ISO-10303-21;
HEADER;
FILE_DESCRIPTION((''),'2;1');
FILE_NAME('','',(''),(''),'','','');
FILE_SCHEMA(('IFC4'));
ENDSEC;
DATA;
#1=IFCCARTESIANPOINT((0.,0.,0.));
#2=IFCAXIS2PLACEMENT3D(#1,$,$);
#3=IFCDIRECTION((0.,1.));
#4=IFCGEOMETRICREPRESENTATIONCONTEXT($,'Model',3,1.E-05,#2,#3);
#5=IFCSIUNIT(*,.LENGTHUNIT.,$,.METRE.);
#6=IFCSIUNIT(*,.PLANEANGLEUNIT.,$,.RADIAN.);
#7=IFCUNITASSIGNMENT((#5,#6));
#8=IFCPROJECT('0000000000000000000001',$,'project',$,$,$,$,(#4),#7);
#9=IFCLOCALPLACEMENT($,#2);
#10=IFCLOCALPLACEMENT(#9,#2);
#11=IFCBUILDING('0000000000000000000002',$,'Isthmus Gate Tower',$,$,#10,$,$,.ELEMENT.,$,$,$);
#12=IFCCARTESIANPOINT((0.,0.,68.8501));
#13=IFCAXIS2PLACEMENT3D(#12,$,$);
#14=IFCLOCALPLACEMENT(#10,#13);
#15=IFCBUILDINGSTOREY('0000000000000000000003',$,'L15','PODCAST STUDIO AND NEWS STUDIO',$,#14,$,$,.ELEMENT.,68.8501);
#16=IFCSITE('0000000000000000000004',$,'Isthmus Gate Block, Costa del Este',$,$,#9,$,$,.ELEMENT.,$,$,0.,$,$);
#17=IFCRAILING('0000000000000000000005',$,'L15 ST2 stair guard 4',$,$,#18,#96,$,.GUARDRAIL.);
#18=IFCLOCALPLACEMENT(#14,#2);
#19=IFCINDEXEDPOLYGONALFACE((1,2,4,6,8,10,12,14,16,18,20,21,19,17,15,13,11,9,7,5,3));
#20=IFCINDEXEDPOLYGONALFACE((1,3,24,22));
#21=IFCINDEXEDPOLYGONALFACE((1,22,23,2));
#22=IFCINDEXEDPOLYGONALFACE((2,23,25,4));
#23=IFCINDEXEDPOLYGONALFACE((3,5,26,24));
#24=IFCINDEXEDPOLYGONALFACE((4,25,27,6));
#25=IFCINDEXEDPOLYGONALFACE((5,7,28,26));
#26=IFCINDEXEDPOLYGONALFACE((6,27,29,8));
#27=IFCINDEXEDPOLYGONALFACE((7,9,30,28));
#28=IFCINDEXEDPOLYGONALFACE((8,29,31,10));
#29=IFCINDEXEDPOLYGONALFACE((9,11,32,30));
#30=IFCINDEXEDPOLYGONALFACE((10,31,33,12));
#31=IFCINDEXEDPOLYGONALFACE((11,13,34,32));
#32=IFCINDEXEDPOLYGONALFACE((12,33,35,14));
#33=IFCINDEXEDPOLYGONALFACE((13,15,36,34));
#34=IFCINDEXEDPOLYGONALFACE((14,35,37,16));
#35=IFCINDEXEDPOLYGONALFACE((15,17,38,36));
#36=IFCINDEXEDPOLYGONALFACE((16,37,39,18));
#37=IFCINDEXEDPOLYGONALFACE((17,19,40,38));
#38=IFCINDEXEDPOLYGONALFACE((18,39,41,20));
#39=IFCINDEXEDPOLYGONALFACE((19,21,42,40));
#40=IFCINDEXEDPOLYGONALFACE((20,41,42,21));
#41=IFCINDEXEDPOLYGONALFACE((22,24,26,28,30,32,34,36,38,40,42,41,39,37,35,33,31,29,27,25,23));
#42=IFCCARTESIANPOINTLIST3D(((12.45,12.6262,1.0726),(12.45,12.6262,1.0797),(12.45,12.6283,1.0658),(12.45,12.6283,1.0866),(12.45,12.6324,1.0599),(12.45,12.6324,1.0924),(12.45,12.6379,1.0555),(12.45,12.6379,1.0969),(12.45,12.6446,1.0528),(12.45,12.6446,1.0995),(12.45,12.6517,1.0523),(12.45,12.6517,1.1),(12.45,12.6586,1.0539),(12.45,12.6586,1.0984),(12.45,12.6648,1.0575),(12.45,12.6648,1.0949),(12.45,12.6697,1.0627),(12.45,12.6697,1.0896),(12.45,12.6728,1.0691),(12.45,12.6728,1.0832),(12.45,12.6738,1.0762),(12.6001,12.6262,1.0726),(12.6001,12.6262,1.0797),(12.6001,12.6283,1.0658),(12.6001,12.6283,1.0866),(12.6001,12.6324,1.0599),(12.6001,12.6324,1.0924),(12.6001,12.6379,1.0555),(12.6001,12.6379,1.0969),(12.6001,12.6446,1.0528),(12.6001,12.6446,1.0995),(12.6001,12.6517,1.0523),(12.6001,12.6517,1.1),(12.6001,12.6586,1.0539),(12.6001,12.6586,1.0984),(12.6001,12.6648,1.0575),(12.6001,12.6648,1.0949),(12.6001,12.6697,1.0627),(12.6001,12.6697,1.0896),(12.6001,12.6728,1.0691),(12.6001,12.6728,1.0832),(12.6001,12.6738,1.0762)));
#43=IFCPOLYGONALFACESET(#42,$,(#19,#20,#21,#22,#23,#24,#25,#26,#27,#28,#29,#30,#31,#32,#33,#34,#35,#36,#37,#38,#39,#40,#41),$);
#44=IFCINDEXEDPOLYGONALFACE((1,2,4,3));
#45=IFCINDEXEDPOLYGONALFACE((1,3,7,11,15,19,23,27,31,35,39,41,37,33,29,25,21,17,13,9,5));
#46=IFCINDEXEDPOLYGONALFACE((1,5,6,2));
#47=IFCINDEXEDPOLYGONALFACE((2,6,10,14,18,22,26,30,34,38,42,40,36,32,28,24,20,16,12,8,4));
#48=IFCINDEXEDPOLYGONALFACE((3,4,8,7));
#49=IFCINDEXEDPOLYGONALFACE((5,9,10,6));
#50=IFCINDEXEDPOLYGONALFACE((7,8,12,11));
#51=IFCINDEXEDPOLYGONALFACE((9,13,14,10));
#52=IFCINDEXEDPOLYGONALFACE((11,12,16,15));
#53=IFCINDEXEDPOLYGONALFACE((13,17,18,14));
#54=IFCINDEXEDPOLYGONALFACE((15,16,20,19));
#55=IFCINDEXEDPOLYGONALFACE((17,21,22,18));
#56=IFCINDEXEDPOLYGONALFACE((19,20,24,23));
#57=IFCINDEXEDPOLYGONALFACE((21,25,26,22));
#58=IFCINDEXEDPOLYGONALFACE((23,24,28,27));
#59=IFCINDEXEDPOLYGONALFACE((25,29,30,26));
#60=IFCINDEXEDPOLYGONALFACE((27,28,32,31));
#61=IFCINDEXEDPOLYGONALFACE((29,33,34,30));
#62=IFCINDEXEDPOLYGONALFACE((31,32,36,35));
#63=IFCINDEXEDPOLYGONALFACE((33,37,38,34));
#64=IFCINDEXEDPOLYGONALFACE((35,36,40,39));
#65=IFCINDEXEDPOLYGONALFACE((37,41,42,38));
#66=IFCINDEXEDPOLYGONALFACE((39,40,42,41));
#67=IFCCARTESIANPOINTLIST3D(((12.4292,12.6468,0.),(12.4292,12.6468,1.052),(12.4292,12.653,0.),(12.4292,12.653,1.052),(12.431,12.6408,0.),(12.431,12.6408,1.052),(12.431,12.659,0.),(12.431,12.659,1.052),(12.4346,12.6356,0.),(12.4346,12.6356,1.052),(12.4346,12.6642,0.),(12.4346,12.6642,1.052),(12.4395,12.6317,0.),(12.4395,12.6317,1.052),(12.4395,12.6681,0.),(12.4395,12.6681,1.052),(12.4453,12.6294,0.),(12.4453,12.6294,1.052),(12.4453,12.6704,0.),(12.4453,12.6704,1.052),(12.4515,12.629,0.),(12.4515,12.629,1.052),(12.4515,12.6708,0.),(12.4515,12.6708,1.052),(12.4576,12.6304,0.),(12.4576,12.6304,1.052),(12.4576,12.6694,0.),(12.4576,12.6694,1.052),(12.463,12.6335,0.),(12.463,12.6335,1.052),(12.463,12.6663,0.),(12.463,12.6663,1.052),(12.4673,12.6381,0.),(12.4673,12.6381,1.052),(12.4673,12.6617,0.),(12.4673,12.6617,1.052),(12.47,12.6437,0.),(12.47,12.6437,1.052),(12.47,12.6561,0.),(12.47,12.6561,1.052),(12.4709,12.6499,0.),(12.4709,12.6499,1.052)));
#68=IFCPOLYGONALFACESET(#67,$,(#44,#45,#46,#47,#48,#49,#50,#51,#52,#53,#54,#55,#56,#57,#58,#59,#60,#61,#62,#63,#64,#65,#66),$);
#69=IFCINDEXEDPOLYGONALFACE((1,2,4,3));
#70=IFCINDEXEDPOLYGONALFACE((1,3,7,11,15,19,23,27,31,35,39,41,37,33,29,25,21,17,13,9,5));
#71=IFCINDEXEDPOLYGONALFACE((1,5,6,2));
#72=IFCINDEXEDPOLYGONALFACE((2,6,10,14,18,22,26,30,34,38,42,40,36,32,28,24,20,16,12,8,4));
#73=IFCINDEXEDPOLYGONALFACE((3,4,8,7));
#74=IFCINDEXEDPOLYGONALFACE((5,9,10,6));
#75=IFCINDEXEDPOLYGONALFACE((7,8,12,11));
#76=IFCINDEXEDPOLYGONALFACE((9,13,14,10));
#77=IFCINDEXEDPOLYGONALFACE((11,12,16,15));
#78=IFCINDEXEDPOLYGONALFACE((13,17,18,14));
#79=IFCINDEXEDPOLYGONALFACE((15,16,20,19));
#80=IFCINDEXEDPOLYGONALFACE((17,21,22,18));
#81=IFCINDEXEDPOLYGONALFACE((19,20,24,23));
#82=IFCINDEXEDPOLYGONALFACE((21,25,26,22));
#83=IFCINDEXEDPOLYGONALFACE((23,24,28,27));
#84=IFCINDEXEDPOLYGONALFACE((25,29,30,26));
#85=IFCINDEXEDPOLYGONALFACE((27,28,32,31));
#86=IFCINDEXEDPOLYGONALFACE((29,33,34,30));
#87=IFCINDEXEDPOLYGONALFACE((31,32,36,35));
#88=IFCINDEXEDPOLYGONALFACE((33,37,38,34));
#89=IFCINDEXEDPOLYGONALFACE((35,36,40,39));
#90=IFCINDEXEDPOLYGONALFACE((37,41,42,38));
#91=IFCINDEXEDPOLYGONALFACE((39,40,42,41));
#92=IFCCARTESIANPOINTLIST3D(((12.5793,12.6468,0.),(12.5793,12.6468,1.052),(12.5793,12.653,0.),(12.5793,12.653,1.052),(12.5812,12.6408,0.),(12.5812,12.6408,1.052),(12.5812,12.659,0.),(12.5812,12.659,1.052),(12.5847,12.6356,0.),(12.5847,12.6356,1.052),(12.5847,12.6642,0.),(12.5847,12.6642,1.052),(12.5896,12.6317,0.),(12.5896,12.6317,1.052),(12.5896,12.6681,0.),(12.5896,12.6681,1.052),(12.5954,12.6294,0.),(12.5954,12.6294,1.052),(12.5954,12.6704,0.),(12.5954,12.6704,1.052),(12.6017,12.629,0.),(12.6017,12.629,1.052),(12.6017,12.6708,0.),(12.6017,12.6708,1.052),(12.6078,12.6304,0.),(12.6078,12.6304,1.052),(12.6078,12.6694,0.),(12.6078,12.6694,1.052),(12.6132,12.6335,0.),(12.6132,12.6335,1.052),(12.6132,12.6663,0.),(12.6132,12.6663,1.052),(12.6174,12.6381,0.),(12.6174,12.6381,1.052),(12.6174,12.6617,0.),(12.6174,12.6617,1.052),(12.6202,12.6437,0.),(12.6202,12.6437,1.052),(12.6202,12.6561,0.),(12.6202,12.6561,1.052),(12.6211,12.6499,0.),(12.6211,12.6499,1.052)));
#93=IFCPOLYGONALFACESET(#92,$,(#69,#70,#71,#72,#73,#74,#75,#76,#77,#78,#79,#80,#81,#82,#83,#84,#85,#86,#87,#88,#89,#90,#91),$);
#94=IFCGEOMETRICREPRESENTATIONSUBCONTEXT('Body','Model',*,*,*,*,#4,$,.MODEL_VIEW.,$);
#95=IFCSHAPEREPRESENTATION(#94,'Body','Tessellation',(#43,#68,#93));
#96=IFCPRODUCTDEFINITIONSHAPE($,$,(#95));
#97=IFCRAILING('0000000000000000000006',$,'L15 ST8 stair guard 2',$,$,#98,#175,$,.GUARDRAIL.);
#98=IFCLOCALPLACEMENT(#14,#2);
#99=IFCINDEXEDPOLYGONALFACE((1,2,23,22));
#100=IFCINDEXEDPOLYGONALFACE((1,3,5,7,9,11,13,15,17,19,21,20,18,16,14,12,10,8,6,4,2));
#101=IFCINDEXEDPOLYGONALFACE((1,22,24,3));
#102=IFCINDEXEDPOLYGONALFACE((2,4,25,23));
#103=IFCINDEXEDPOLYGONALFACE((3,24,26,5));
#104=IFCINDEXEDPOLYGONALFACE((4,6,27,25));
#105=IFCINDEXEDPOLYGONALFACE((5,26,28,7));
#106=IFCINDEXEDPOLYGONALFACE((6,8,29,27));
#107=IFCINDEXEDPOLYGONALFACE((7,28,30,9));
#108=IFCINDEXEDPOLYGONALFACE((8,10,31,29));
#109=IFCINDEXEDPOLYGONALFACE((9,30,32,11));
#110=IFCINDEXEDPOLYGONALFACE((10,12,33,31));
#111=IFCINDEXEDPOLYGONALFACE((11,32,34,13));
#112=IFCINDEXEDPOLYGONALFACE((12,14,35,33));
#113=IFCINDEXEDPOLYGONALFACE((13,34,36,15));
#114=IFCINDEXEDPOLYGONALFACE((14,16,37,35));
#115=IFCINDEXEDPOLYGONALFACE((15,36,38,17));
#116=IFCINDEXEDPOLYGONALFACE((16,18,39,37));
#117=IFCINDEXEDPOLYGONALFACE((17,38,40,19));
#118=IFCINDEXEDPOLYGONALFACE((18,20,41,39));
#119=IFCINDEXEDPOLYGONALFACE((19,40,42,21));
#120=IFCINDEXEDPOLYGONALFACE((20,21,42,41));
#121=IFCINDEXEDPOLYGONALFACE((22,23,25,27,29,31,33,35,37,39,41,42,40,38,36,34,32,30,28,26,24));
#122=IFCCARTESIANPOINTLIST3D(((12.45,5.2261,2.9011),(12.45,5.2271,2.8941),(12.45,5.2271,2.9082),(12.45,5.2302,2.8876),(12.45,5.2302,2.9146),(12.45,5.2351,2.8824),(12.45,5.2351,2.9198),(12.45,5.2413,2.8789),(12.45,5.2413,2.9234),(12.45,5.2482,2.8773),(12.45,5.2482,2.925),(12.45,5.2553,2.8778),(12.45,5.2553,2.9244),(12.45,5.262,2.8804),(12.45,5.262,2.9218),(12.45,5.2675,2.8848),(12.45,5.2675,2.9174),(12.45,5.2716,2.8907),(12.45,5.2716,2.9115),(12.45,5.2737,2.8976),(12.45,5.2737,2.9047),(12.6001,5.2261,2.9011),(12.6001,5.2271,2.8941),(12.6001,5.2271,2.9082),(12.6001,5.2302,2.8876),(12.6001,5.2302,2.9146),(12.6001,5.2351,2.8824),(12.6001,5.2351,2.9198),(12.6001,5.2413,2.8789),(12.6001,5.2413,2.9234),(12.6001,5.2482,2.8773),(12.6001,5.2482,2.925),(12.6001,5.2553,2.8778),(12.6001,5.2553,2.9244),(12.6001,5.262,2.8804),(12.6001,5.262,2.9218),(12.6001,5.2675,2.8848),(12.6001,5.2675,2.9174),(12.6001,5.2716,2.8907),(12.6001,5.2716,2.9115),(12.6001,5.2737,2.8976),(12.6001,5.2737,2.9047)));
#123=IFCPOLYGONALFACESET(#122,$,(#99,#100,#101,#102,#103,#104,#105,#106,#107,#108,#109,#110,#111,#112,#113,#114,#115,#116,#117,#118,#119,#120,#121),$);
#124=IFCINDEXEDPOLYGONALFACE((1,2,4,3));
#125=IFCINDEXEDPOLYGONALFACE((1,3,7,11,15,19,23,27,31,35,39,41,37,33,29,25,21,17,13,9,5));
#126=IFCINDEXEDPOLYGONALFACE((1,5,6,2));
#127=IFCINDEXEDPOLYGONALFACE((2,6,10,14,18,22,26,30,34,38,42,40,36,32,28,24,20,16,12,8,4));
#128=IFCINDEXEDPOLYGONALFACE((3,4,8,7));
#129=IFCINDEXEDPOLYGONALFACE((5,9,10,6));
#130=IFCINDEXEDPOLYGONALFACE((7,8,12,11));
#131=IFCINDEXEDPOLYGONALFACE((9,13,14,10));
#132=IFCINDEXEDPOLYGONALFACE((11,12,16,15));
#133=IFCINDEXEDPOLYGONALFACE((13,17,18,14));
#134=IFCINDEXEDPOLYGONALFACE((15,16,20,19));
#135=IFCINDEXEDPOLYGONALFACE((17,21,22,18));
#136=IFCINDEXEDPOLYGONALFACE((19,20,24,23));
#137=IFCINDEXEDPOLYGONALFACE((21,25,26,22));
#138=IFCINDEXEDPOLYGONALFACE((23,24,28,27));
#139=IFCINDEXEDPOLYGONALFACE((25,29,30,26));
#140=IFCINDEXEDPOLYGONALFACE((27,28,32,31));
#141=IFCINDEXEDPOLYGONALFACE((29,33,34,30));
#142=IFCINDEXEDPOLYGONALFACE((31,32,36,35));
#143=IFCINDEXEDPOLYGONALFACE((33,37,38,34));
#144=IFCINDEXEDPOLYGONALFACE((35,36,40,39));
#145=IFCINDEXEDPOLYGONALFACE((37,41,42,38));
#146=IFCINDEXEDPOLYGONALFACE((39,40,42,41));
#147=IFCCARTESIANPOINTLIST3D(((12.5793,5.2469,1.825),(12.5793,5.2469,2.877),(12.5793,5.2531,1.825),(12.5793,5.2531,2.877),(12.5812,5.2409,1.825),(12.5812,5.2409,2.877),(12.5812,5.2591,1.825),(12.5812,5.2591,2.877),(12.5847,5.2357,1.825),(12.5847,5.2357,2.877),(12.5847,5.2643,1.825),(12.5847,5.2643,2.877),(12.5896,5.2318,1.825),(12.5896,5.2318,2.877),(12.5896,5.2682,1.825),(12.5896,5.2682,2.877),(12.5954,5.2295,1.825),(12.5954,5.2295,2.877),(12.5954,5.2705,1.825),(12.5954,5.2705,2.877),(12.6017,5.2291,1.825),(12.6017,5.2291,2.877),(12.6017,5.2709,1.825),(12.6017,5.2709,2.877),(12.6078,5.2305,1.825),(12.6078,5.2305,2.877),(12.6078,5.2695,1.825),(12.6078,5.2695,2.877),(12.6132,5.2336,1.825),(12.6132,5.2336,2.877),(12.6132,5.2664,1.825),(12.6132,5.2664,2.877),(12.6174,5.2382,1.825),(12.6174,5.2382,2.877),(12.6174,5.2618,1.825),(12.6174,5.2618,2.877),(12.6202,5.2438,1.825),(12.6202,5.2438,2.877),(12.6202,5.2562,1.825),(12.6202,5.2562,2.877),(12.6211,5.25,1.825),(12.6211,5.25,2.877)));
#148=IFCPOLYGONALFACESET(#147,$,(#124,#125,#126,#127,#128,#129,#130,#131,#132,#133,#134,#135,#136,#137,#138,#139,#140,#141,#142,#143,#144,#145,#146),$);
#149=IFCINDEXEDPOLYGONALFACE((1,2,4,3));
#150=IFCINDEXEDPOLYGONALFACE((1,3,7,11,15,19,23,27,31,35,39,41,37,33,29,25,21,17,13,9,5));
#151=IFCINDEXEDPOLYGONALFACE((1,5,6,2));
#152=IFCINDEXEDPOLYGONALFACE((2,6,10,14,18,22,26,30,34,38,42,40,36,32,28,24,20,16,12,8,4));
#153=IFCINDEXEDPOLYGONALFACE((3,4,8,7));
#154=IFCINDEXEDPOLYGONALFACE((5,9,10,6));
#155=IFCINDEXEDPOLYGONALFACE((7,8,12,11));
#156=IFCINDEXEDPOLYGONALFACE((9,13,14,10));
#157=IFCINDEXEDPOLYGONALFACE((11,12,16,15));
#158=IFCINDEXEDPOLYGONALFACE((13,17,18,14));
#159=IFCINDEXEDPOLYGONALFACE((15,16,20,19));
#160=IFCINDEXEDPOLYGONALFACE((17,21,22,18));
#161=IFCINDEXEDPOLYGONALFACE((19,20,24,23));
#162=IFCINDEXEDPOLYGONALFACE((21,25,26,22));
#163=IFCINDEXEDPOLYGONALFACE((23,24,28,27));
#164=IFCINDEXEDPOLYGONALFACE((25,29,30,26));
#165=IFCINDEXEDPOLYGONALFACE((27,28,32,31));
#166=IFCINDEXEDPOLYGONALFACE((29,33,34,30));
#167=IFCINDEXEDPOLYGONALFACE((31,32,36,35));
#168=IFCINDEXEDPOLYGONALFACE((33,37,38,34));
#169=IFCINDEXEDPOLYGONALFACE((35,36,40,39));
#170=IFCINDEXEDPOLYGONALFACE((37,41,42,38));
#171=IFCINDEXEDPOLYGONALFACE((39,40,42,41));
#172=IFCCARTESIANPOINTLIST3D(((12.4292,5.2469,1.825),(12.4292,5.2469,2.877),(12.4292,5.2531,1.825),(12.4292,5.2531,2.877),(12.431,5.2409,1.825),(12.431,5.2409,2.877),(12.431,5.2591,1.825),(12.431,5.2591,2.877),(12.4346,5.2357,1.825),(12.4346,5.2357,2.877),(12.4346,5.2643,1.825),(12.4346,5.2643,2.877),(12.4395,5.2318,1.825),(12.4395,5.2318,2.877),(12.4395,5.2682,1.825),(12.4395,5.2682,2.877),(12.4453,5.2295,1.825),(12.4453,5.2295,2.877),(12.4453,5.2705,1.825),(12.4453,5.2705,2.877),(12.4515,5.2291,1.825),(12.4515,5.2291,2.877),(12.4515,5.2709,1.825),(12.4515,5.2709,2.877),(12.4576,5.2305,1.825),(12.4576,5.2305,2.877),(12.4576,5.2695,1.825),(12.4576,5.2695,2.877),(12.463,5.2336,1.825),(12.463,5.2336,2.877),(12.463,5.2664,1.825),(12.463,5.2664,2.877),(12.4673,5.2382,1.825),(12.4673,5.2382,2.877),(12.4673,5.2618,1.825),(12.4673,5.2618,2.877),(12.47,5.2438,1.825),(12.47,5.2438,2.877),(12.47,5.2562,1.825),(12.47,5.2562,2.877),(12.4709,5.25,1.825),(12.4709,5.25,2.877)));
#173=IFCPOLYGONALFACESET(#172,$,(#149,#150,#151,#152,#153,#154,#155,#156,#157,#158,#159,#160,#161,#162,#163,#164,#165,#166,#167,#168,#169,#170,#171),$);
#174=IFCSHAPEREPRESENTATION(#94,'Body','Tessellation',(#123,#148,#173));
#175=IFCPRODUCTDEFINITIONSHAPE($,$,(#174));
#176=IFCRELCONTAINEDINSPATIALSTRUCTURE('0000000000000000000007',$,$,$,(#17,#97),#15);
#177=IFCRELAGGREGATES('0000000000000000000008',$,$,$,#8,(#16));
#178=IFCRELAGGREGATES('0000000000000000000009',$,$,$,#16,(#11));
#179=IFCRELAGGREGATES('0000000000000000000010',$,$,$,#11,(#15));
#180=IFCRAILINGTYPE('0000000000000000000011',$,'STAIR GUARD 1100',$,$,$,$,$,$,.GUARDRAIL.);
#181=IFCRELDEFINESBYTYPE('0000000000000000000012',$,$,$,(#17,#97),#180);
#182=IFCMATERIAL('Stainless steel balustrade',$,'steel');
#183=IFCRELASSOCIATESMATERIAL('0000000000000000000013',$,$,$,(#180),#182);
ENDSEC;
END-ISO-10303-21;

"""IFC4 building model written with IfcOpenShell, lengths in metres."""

from ifc_helpers import new_model, si_unit, direction, frame, origin, origin_2d, place, context, subcontext, project, spatial, circle, extrude, material, type_object, element, save


model = new_model("IFC4")

# Units and contexts
model_context = context("Model", 3, precision=1e-05, world=origin(), true_north=direction((0.0, 1.0)))
body_context = subcontext(model_context, "Body", "Model", "MODEL_VIEW")
ifc_project = project(units=[si_unit("LENGTHUNIT", "METRE"), si_unit("PLANEANGLEUNIT", "RADIAN")], contexts=[model_context])

# Site, building, storey
site_placement = place(None, origin())
site = spatial("IfcSite", under=ifc_project, at=site_placement, Name="Isthmus Gate Block, Costa del Este", CompositionType="ELEMENT", RefElevation=0.0)
building_placement = place(site_placement, origin())
building = spatial("IfcBuilding", under=site, at=building_placement, Name="Isthmus Gate Tower", CompositionType="ELEMENT")
storey_placement = place(building_placement, frame((0.0, 0.0, 68.8501)))
storey = spatial("IfcBuildingStorey", under=building, at=storey_placement, Name="L15", Description="PODCAST STUDIO AND NEWS STUDIO", CompositionType="ELEMENT", Elevation=68.8501)

# Railings
ifc_material_1 = material(Name="Stainless steel balustrade", Category="steel")
railing_type_1 = type_object("IfcRailingType", Name="STAIR GUARD 1100", PredefinedType="GUARDRAIL", material=ifc_material_1)
railing_1_placement = place(storey_placement, frame((12.45, 12.6499, 0.0)))
element("IfcRailing", 1, at=railing_1_placement, inside=storey, type_object=railing_type_1, Name="L15 ST2 stair guard 4", PredefinedType="GUARDRAIL", context=body_context, shape_type="SweptSolid", body=[
    extrude(circle(Radius=0.0239, at=origin_2d()), frame((0.0, 0.0, 1.0762), z_axis=(1.0, 0.0, 0.0), x_axis=(0.0, 1.0, 0.0)), (0.0, 0.0, 1.0), 0.1501),
    extrude(circle(Radius=0.021, at=origin_2d()), origin(), (0.0, 0.0, 1.0), 1.052),
    extrude(circle(Radius=0.021, at=origin_2d()), frame((0.1501, 0.0, 0.0)), (0.0, 0.0, 1.0), 1.052),
])
railing_2_placement = place(storey_placement, frame((12.6001, 5.25, 1.825)))
element("IfcRailing", 2, at=railing_2_placement, inside=storey, type_object=railing_type_1, Name="L15 ST8 stair guard 2", PredefinedType="GUARDRAIL", context=body_context, shape_type="SweptSolid", body=[
    extrude(circle(Radius=0.0239, at=origin_2d()), frame((0.0, 0.0, 1.0762), z_axis=(-1.0, 0.0, 0.0), x_axis=(0.0, -1.0, 0.0)), (0.0, 0.0, 1.0), 0.1501),
    extrude(circle(Radius=0.021, at=origin_2d()), origin(), (0.0, 0.0, 1.0), 1.052),
    extrude(circle(Radius=0.021, at=origin_2d()), frame((-0.1501, 0.0, 0.0)), (0.0, 0.0, 1.0), 1.052),
])

save(model, "model.ifc")
